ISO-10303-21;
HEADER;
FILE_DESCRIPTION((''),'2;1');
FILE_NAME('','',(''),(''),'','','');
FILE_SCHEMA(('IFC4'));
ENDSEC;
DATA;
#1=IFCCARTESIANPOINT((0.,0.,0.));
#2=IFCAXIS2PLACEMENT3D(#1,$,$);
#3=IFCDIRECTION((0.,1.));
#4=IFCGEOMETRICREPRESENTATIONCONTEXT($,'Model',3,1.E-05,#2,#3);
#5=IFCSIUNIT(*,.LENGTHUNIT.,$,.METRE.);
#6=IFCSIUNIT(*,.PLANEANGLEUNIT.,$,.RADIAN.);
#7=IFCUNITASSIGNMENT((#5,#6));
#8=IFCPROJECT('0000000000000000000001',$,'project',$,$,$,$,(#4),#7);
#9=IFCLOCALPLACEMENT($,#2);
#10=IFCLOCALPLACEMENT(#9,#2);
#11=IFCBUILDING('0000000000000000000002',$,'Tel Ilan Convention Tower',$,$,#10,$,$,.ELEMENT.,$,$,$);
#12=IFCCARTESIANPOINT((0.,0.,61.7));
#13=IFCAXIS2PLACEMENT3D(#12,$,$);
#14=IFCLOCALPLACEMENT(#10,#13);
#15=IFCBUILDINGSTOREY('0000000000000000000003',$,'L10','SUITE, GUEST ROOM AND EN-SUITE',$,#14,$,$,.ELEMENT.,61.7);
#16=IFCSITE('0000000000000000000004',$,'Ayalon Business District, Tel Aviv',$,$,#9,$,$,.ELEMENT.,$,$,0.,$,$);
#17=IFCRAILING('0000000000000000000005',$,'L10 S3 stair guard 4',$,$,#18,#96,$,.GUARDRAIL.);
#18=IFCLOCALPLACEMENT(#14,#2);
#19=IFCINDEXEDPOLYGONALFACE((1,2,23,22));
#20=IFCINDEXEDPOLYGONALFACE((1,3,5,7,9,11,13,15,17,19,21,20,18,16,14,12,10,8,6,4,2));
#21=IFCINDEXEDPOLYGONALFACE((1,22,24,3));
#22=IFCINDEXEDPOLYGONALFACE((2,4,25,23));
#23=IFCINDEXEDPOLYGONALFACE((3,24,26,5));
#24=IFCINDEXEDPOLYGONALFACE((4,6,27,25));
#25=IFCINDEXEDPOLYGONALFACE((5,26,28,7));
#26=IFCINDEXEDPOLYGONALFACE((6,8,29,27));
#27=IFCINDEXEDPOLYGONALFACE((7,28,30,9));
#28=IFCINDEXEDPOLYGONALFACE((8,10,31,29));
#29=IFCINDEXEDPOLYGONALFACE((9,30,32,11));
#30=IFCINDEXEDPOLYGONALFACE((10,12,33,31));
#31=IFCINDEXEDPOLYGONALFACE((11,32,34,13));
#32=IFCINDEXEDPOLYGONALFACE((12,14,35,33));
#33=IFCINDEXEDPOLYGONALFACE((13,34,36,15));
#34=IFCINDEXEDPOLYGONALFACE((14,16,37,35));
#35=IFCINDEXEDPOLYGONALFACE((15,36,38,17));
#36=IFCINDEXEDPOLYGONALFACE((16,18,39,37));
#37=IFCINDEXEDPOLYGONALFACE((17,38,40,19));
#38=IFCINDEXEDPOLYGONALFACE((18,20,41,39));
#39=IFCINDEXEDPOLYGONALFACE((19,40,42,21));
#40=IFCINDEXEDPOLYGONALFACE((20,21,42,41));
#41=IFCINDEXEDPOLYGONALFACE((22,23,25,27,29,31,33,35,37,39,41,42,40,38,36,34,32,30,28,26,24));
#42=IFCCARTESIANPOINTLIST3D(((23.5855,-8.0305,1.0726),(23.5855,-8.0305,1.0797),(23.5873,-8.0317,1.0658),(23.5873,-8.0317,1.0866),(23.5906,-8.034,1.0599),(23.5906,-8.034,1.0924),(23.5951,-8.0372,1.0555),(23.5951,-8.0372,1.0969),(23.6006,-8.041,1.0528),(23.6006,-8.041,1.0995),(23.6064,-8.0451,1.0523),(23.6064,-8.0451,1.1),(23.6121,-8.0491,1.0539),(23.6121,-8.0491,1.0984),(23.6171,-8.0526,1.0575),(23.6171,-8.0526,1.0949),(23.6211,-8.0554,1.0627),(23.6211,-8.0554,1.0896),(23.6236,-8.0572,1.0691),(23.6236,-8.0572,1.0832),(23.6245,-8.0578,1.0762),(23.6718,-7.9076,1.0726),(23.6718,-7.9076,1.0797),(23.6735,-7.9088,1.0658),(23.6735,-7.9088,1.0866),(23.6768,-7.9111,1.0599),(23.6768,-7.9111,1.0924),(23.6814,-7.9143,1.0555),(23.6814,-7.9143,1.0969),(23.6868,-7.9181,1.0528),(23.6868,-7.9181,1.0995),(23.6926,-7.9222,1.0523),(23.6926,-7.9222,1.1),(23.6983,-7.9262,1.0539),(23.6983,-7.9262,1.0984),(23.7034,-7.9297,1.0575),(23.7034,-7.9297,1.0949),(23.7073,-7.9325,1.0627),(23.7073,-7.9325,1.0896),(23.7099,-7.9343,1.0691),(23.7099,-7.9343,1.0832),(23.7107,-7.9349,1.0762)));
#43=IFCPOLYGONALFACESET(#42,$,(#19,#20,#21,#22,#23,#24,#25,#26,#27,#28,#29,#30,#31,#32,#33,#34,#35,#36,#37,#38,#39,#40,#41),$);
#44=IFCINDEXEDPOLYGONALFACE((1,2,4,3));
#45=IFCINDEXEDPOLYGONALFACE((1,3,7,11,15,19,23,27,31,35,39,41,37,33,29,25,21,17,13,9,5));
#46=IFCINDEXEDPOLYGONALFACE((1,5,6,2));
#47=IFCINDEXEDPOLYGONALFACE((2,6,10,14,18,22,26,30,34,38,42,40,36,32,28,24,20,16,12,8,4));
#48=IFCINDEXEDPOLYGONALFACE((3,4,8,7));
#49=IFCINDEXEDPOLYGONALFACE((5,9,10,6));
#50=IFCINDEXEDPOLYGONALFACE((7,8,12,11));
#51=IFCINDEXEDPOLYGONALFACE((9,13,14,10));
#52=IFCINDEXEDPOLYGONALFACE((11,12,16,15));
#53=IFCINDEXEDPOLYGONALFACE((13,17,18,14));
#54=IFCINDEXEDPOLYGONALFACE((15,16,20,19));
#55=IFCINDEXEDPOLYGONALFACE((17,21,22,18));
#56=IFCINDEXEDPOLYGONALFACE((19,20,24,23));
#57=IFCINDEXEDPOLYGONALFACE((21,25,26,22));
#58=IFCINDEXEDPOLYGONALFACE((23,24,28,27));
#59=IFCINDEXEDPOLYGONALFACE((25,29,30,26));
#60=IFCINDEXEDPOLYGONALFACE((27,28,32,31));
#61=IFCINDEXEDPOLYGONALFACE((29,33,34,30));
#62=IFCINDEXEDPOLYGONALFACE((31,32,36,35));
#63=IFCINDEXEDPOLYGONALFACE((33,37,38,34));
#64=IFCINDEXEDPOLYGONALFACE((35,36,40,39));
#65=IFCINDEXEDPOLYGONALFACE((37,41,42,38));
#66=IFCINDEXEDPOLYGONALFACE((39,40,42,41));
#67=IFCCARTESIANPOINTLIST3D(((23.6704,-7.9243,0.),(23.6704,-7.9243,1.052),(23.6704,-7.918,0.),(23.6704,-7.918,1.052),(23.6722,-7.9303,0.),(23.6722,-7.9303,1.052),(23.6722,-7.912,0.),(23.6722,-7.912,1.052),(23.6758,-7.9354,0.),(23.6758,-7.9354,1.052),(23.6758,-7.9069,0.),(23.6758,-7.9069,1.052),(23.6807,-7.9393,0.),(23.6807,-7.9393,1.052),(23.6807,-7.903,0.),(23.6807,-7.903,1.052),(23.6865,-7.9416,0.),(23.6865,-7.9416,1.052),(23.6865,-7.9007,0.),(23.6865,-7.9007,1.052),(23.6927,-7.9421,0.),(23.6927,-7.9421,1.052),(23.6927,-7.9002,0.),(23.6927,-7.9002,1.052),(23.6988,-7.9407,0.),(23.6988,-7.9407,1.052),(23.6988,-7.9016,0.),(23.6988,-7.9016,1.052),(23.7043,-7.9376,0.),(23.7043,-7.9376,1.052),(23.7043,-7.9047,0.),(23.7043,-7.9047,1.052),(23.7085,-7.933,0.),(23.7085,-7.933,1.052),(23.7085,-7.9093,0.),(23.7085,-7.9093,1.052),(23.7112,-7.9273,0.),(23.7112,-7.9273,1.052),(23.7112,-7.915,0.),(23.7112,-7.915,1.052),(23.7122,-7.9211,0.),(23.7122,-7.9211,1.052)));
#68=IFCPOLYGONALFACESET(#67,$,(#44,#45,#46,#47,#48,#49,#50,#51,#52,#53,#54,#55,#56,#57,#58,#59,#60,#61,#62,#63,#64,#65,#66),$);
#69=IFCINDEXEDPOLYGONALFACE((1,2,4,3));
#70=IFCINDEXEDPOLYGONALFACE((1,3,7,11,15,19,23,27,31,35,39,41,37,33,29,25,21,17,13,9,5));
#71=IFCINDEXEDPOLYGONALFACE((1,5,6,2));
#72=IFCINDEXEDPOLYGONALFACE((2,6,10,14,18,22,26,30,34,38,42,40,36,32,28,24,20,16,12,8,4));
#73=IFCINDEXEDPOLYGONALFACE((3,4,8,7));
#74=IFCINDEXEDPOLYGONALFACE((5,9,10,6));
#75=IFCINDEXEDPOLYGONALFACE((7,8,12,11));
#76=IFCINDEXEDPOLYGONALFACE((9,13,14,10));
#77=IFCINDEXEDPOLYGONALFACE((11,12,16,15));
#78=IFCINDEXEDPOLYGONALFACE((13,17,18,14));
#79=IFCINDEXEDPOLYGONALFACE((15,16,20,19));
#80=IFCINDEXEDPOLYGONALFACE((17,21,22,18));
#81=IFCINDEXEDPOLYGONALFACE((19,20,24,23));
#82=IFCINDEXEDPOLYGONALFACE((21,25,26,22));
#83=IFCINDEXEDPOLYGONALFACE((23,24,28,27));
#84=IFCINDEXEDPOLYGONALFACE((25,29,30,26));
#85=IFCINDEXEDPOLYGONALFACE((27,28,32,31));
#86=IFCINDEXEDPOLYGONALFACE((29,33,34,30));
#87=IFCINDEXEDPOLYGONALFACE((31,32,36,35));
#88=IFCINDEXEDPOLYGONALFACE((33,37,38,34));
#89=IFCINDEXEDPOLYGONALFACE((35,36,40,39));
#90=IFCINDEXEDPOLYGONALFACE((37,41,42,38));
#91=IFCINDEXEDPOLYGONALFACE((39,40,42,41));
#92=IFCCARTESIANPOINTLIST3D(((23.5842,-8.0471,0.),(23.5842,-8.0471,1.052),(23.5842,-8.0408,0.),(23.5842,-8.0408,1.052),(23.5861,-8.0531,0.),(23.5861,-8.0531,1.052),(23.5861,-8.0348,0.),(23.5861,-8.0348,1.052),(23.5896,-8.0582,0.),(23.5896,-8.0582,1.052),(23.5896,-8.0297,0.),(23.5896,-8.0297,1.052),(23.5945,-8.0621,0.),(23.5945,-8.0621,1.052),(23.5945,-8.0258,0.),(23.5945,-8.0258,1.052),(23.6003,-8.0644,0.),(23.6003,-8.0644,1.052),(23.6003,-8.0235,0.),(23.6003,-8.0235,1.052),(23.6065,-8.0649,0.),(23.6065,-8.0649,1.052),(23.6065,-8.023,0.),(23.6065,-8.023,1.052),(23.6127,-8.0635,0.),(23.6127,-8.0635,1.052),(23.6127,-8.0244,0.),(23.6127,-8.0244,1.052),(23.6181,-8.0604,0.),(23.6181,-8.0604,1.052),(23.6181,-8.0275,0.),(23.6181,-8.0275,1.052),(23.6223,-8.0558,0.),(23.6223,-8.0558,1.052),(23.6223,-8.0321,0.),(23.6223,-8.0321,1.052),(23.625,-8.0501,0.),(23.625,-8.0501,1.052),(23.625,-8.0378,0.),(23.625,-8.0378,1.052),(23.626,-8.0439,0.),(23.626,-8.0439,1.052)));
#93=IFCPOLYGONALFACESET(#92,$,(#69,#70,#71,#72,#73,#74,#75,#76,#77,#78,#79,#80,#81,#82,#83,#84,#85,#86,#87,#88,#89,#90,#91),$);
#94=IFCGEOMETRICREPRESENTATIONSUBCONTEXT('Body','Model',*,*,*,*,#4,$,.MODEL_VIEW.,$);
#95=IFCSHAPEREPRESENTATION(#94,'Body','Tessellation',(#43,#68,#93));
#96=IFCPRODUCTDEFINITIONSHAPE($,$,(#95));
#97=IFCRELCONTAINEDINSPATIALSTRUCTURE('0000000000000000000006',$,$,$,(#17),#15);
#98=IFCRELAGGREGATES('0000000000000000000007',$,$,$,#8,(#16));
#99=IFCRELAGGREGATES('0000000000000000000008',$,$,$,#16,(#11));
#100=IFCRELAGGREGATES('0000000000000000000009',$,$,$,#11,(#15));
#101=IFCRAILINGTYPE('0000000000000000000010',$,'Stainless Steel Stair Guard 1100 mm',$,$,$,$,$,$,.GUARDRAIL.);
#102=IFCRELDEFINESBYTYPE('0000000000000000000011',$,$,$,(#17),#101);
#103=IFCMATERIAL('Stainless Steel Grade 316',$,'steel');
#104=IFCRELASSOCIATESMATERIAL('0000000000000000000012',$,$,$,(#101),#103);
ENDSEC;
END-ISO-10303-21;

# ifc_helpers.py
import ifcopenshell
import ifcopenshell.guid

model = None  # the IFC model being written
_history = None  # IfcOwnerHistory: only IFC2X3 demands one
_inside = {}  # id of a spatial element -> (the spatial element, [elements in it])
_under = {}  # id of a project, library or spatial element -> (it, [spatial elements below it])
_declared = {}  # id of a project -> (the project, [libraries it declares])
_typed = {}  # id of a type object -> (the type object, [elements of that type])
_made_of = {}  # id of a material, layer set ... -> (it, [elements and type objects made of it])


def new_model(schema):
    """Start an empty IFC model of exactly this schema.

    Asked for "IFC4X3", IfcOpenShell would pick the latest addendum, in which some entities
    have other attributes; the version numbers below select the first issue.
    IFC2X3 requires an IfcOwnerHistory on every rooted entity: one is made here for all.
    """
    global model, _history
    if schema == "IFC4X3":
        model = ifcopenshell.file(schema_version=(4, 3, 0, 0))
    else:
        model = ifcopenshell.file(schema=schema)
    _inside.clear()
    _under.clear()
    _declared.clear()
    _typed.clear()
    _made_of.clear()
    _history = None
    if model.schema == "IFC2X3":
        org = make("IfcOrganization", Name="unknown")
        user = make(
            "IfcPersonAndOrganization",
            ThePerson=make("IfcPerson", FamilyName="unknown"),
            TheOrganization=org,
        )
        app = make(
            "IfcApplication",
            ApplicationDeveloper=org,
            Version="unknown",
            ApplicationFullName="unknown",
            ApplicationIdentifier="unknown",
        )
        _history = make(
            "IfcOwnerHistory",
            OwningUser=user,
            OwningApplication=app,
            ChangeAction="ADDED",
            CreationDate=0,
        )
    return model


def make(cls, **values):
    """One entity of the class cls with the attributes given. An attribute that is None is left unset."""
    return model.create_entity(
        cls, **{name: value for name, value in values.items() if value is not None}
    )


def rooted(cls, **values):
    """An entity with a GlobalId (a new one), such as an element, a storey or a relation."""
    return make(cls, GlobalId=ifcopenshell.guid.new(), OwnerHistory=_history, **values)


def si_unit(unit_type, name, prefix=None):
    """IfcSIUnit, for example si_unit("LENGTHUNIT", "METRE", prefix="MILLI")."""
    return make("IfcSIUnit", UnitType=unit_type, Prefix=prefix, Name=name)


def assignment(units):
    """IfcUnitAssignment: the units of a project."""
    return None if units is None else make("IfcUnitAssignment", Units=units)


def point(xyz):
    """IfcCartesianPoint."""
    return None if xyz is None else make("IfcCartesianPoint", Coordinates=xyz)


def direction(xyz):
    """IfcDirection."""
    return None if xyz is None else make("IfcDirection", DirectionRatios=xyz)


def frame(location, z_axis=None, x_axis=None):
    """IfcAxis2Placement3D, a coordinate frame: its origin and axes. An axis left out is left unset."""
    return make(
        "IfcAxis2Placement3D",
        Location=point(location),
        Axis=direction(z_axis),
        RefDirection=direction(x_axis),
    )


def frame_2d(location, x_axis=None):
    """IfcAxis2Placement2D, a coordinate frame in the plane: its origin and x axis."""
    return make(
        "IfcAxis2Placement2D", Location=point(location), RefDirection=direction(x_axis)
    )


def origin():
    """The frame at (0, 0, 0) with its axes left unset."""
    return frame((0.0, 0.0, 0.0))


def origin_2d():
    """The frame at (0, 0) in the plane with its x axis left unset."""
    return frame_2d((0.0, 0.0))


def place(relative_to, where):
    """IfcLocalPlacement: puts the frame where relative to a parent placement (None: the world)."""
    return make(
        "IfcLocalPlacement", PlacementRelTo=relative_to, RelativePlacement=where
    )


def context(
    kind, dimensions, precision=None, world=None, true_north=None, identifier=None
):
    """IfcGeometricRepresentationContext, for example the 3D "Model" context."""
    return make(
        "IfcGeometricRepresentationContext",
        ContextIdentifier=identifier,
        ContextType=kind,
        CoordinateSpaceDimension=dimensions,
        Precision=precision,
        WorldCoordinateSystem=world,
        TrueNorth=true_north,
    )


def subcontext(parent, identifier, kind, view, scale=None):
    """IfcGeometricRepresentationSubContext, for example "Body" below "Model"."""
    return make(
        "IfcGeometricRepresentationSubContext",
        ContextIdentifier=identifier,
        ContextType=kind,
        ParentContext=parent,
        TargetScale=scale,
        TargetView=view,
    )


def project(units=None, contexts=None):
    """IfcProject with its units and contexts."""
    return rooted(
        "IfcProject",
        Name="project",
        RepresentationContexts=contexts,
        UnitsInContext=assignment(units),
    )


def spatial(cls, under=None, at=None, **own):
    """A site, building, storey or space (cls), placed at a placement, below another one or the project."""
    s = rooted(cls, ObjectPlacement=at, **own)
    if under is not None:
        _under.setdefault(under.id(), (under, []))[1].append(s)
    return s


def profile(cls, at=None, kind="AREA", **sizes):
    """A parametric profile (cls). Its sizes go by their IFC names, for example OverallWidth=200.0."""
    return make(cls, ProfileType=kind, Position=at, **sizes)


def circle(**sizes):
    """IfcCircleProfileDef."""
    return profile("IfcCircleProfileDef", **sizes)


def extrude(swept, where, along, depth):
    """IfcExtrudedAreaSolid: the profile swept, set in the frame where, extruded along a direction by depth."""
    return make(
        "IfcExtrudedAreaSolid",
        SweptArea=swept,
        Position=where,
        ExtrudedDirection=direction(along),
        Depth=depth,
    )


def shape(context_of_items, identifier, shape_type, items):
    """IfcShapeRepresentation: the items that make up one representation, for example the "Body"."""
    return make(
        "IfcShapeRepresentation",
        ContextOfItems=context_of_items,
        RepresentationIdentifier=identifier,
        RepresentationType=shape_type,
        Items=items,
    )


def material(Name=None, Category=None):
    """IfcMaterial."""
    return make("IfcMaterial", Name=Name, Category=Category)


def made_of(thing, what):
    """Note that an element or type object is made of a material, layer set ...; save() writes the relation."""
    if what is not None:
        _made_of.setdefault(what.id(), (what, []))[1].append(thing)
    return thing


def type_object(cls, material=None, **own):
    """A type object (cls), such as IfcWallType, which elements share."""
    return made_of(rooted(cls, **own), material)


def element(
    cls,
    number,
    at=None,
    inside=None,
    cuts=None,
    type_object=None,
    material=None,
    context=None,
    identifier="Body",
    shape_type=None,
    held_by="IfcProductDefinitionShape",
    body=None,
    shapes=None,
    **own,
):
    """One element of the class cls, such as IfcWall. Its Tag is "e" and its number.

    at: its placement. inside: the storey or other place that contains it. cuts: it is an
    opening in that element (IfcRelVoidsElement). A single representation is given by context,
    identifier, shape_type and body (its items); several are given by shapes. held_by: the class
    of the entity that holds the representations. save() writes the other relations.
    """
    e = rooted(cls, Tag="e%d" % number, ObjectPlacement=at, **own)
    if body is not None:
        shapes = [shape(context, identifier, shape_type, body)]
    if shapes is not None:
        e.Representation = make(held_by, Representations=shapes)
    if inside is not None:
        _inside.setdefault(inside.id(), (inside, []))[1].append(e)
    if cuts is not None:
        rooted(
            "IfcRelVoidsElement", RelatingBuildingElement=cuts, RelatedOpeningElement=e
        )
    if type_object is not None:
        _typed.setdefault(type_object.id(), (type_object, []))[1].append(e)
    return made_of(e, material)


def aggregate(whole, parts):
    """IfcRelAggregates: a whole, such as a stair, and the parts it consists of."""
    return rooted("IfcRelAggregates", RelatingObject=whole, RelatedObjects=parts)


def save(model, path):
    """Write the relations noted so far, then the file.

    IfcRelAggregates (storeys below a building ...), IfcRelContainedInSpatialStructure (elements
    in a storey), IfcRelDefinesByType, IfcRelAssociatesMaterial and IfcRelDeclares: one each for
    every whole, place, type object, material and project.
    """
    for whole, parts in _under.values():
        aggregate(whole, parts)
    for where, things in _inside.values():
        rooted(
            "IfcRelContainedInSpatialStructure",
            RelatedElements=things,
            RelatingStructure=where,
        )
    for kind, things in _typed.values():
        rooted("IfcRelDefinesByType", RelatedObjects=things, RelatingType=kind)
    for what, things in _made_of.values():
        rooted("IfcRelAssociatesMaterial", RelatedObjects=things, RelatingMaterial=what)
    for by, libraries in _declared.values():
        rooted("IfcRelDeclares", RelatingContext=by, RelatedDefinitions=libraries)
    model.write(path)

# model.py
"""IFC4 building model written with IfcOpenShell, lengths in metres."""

from ifc_helpers import new_model, si_unit, direction, frame, origin, origin_2d, place, context, subcontext, project, spatial, circle, extrude, material, type_object, element, save


model = new_model("IFC4")

# Units and contexts
model_context = context("Model", 3, precision=1e-05, world=origin(), true_north=direction((0.0, 1.0)))
body_context = subcontext(model_context, "Body", "Model", "MODEL_VIEW")
ifc_project = project(units=[si_unit("LENGTHUNIT", "METRE"), si_unit("PLANEANGLEUNIT", "RADIAN")], contexts=[model_context])

# Site, building, storey
site_placement = place(None, origin())
site = spatial("IfcSite", under=ifc_project, at=site_placement, Name="Ayalon Business District, Tel Aviv", CompositionType="ELEMENT", RefElevation=0.0)
building_placement = place(site_placement, origin())
building = spatial("IfcBuilding", under=site, at=building_placement, Name="Tel Ilan Convention Tower", CompositionType="ELEMENT")
storey_placement = place(building_placement, frame((0.0, 0.0, 61.7)))
storey = spatial("IfcBuildingStorey", under=building, at=storey_placement, Name="L10", Description="SUITE, GUEST ROOM AND EN-SUITE", CompositionType="ELEMENT", Elevation=61.7)

# Railing
ifc_material_1 = material(Name="Stainless Steel Grade 316", Category="steel")
railing_type_1 = type_object("IfcRailingType", Name="Stainless Steel Stair Guard 1100 mm", PredefinedType="GUARDRAIL", material=ifc_material_1)
railing_1_placement = place(storey_placement, frame((23.6912, -7.9211, 0.0)))
element("IfcRailing", 1, at=railing_1_placement, inside=storey, type_object=railing_type_1, Name="L10 S3 stair guard 4", PredefinedType="GUARDRAIL", context=body_context, shape_type="SweptSolid", body=[
    extrude(circle(Radius=0.0239, at=origin_2d()), frame((0.0, 0.0, 1.0762), z_axis=(-0.574445, -0.818543, 0.0), x_axis=(0.818543, -0.574445, 0.0)), (0.0, 0.0, 1.0), 0.1501),
    extrude(circle(Radius=0.021, at=origin_2d()), origin(), (0.0, 0.0, 1.0), 1.052),
    extrude(circle(Radius=0.021, at=origin_2d()), frame((-0.0862, -0.1228, 0.0)), (0.0, 0.0, 1.0), 1.052),
])

save(model, "model.ifc")
